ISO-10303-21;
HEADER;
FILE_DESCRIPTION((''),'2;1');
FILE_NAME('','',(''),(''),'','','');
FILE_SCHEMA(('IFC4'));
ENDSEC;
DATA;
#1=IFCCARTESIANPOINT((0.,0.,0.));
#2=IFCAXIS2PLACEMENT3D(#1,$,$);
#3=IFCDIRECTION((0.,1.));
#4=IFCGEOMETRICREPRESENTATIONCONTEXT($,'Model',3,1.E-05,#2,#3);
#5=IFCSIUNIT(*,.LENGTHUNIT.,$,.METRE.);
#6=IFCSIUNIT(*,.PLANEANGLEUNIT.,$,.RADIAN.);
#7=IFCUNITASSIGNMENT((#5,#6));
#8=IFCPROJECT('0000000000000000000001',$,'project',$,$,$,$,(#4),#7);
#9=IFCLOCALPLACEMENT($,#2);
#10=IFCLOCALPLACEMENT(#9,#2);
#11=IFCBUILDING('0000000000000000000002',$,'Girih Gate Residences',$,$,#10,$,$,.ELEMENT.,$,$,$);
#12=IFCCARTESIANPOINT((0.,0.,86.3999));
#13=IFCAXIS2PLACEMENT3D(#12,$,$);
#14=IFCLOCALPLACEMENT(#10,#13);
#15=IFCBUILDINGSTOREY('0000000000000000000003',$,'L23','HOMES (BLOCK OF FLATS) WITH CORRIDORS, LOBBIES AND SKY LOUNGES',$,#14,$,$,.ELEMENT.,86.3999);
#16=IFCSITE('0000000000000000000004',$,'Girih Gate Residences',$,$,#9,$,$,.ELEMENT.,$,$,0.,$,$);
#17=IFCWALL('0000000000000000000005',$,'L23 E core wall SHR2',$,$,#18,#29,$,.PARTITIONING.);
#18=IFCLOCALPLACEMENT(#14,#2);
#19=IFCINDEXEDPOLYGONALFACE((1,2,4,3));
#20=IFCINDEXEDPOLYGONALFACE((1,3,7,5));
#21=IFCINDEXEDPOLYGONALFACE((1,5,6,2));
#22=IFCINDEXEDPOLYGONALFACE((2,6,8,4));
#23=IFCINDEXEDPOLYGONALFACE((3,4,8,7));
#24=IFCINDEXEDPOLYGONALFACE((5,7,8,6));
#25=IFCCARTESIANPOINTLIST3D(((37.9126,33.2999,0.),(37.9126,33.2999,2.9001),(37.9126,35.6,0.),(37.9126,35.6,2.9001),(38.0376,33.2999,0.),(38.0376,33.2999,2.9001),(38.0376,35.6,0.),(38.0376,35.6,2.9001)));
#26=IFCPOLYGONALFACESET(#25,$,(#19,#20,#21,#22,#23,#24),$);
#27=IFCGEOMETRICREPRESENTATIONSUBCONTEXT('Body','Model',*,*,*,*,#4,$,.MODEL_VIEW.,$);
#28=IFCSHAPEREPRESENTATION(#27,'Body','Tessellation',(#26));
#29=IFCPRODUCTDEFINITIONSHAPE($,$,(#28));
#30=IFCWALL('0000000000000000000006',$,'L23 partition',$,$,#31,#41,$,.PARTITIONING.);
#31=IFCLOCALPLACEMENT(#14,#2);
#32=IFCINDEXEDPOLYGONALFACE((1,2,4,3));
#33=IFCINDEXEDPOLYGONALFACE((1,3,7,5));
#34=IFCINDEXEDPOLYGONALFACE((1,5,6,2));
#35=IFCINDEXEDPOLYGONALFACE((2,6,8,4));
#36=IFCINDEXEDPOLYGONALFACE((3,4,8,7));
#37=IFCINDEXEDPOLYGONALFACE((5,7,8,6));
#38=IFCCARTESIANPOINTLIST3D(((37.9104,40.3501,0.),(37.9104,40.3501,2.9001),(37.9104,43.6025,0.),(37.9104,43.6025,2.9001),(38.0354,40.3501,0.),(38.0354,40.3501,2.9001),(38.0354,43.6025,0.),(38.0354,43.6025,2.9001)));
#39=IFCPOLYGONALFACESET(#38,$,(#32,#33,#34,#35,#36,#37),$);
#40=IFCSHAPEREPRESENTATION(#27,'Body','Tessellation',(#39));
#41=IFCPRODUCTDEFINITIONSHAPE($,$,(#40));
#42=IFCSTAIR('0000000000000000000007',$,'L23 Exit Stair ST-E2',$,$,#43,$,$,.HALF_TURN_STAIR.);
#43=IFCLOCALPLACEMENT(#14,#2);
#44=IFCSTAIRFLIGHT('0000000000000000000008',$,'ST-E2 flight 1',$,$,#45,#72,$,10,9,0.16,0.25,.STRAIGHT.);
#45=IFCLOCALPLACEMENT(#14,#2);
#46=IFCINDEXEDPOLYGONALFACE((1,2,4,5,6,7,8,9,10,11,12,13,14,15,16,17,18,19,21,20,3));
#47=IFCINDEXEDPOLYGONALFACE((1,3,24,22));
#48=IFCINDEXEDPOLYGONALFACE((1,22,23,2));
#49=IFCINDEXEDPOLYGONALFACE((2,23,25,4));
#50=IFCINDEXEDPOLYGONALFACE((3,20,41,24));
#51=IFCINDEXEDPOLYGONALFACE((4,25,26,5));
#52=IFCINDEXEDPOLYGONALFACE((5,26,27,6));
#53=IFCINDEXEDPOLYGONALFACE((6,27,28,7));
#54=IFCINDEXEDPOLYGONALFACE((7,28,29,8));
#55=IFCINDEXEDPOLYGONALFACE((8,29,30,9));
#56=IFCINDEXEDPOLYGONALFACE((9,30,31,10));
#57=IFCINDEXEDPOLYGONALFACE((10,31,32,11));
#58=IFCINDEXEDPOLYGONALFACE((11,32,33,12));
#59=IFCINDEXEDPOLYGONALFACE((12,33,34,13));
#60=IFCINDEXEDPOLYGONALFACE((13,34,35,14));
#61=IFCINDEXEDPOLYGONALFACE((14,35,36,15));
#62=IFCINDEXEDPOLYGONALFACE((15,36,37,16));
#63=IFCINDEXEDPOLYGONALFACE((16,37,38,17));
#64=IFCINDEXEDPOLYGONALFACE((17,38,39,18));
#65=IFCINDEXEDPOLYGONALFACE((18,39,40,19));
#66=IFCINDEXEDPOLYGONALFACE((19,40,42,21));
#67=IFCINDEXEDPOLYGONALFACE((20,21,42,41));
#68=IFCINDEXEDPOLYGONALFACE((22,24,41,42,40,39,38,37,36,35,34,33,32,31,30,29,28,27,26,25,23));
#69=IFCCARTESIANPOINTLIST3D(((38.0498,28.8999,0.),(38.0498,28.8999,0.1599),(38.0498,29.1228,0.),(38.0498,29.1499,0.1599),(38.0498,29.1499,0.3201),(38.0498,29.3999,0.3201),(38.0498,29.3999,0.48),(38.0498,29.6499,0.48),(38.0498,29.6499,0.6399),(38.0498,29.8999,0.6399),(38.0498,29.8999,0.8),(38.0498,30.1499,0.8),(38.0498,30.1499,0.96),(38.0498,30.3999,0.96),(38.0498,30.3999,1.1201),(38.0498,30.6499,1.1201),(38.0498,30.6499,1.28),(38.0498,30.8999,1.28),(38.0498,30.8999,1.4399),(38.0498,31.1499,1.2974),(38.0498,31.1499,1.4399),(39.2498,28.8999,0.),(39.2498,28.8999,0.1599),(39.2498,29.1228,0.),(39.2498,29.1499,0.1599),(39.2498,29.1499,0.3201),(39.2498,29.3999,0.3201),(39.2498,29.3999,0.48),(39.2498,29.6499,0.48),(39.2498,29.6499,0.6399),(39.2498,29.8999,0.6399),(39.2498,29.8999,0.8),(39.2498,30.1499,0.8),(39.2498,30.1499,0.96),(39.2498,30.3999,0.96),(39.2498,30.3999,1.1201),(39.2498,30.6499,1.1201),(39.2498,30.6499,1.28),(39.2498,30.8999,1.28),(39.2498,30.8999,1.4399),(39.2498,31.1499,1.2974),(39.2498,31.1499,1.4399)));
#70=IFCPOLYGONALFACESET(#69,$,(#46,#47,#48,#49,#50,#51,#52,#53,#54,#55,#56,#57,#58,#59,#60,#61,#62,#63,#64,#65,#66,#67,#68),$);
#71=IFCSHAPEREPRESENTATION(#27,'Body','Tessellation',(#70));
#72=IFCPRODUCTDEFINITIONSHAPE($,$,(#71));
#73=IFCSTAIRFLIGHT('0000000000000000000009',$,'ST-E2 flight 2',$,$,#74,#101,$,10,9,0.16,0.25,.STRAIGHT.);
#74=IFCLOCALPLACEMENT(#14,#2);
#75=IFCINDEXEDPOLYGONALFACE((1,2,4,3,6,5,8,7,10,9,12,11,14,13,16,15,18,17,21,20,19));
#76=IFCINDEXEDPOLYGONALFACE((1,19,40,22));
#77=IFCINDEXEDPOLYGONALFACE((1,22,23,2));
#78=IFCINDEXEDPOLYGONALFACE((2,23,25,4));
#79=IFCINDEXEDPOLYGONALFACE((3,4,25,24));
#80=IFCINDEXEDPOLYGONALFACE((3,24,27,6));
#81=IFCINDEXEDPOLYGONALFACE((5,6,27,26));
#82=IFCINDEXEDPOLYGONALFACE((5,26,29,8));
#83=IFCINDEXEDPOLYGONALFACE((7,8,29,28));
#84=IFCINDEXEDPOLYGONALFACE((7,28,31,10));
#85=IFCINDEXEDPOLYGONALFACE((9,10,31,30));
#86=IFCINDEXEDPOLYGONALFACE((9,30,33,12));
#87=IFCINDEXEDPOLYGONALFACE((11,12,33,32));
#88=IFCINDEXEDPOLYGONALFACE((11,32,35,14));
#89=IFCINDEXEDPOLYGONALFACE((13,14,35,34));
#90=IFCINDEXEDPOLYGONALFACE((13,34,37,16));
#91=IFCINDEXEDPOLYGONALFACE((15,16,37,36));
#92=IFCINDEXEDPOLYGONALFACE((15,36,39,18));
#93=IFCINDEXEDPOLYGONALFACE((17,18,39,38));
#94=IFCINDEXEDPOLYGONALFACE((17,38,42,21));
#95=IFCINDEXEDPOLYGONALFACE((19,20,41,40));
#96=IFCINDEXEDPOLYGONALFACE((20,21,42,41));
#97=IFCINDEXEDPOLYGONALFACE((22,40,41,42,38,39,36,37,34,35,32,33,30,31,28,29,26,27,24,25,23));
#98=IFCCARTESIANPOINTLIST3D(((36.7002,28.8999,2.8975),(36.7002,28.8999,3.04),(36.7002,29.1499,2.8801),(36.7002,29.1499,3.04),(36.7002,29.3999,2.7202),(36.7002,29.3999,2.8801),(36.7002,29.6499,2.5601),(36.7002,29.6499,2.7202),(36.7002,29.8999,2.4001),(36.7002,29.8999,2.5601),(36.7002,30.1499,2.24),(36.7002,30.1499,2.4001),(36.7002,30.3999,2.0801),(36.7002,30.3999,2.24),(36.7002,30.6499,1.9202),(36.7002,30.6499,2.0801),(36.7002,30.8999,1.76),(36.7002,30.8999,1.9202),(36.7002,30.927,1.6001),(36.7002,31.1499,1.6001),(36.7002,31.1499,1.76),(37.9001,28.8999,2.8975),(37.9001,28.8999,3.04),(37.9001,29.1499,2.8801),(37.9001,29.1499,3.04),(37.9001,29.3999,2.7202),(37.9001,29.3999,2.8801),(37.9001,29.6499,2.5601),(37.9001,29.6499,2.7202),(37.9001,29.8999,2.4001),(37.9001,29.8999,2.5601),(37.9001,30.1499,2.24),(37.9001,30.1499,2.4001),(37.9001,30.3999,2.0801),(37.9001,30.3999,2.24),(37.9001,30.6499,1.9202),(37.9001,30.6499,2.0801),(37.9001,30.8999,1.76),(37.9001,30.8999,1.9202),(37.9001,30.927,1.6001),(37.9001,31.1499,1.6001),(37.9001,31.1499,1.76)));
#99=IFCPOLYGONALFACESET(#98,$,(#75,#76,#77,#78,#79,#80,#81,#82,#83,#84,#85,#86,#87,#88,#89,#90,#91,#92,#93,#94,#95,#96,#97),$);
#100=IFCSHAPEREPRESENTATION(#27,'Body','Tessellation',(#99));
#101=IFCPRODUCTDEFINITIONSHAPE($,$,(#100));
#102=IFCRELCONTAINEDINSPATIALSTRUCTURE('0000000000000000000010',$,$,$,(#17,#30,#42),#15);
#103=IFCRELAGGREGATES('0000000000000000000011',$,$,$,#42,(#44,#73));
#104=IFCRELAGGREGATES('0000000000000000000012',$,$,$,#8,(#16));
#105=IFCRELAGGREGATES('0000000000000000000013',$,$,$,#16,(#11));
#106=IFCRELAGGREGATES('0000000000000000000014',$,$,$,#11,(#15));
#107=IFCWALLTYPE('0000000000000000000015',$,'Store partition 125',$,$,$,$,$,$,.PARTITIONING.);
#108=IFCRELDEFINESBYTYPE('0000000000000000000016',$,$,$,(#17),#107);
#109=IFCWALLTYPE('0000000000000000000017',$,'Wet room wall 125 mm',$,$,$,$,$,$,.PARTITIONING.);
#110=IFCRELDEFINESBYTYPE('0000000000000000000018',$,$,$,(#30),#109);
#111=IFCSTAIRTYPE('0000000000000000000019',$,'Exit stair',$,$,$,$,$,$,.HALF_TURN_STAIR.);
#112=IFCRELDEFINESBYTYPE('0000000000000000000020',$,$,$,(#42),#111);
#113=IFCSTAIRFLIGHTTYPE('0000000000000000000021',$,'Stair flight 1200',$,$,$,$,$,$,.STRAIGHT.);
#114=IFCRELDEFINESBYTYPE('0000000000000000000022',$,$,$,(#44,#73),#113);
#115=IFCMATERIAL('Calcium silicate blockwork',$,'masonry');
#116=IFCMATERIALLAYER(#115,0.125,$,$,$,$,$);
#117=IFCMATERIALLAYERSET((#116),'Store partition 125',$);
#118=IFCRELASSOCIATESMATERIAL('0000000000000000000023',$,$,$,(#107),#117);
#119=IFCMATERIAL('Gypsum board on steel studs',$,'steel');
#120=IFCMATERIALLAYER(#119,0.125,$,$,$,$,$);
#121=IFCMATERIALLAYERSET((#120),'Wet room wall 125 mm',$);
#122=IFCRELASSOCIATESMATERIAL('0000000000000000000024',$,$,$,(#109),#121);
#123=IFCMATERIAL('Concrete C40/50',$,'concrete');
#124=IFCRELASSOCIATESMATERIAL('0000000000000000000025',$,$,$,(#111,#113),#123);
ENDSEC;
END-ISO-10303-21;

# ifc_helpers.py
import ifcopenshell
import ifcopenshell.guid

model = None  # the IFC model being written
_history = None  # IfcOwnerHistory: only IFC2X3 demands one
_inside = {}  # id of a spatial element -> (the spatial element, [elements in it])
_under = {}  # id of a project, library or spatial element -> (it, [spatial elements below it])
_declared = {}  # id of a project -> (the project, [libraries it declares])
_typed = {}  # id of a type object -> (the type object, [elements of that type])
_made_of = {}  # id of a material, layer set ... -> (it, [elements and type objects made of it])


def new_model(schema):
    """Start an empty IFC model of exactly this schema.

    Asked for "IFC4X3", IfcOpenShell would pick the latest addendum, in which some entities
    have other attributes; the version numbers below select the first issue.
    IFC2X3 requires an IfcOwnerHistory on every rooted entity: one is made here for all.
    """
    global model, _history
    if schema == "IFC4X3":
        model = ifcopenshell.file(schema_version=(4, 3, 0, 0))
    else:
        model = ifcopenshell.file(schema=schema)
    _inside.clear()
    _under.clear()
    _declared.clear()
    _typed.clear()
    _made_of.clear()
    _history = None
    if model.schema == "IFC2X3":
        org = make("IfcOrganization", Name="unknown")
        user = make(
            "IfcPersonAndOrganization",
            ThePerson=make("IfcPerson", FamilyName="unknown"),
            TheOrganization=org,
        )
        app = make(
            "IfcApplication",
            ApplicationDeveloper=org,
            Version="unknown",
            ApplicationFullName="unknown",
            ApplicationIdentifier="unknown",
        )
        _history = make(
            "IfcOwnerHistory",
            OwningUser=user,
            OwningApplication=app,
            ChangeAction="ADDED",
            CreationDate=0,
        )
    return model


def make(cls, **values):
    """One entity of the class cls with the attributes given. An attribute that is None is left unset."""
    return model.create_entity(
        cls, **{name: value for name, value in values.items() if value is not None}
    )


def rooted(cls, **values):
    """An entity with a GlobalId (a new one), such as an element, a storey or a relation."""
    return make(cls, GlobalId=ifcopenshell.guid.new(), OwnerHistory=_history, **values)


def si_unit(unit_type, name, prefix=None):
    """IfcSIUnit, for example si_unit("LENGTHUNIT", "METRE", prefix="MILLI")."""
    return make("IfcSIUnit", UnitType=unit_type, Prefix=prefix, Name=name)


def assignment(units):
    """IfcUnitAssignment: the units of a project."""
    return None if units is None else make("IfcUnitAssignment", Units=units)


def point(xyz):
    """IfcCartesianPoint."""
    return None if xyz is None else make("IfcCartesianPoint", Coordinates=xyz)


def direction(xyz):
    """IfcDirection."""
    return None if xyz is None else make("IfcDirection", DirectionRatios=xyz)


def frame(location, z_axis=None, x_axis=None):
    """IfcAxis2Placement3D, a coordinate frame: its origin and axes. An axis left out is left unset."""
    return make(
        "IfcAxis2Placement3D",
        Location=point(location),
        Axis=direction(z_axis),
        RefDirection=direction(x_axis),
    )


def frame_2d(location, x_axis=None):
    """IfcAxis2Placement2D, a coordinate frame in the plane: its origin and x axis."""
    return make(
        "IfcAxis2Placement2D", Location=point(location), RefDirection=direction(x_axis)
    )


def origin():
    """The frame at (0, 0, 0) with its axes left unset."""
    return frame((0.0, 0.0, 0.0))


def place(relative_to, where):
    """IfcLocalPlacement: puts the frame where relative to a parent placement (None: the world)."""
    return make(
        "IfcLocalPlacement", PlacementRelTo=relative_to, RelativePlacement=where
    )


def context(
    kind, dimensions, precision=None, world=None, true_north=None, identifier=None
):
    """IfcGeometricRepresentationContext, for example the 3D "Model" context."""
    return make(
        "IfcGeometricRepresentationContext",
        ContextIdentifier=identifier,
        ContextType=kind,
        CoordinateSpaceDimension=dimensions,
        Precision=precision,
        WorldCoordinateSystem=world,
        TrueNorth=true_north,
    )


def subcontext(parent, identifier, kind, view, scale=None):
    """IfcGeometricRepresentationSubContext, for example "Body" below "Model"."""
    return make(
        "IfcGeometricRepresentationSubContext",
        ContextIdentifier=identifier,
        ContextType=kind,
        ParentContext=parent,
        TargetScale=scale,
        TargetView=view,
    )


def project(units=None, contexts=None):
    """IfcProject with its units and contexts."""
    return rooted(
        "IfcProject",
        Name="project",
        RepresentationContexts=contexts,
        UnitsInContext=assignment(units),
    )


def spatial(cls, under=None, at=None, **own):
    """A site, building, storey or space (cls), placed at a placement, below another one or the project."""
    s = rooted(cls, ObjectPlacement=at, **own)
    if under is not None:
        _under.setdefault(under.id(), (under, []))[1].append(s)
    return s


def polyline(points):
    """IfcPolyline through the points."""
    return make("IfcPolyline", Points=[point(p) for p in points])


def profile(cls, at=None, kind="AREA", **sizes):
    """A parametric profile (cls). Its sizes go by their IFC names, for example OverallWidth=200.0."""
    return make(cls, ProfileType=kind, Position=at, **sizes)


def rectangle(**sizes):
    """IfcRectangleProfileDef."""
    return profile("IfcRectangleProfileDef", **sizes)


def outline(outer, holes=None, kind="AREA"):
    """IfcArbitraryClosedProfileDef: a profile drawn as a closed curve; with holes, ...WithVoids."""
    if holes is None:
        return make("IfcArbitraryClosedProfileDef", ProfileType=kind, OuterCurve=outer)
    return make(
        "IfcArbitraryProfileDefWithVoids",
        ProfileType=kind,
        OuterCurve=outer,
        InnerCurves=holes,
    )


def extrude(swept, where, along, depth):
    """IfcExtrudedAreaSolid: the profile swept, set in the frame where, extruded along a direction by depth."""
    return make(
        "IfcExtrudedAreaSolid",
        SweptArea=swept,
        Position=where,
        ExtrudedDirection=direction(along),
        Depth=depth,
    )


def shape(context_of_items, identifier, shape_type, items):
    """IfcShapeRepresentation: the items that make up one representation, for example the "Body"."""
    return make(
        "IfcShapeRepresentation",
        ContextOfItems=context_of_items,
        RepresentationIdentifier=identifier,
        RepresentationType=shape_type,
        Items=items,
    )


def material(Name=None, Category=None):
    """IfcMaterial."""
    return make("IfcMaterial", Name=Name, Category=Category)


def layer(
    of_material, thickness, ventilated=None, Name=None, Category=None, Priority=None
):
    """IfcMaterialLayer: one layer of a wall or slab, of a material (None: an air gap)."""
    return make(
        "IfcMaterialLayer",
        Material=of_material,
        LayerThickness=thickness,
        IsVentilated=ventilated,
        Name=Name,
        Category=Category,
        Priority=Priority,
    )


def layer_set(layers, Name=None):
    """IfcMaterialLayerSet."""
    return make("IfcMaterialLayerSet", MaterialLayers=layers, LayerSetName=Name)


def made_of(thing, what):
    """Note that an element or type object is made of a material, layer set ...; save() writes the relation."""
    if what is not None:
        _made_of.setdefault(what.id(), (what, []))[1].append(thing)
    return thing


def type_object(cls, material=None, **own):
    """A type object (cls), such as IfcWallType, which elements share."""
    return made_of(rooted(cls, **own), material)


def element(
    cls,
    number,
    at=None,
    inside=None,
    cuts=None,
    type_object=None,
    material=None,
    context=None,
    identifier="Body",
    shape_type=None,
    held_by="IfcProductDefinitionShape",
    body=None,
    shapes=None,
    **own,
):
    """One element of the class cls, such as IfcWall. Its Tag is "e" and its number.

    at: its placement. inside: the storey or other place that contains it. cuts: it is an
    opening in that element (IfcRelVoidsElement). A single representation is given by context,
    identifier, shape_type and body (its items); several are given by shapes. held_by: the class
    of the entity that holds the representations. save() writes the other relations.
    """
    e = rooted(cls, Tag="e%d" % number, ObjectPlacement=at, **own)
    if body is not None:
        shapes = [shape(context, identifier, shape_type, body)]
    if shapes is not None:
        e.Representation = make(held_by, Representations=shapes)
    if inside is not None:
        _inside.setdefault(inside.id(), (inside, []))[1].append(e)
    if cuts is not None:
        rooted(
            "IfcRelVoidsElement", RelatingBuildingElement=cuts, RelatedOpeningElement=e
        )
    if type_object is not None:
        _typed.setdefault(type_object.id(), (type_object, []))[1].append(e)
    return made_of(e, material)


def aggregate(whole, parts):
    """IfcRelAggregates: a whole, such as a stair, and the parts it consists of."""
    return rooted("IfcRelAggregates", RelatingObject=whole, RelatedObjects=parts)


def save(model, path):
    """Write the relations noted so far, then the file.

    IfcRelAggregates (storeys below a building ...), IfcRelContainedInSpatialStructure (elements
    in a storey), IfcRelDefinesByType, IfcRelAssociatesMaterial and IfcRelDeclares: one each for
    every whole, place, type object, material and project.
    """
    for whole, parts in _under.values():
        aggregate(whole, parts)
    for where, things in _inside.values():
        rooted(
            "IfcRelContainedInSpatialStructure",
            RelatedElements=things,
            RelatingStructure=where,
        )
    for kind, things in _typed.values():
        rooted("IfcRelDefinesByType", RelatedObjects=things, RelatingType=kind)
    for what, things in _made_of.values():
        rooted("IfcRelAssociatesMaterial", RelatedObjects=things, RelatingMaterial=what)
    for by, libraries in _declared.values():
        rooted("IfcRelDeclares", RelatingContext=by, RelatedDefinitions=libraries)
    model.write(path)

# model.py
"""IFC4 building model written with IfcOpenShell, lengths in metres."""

from ifc_helpers import new_model, si_unit, direction, frame, frame_2d, origin, place, context, subcontext, project, spatial, polyline, rectangle, outline, extrude, material, layer, layer_set, type_object, element, aggregate, save


model = new_model("IFC4")

# Units and contexts
model_context = context("Model", 3, precision=1e-05, world=origin(), true_north=direction((0.0, 1.0)))
body_context = subcontext(model_context, "Body", "Model", "MODEL_VIEW")
ifc_project = project(units=[si_unit("LENGTHUNIT", "METRE"), si_unit("PLANEANGLEUNIT", "RADIAN")], contexts=[model_context])

# Site, building, storey
site_placement = place(None, origin())
site = spatial("IfcSite", under=ifc_project, at=site_placement, Name="Girih Gate Residences", CompositionType="ELEMENT", RefElevation=0.0)
building_placement = place(site_placement, origin())
building = spatial("IfcBuilding", under=site, at=building_placement, Name="Girih Gate Residences", CompositionType="ELEMENT")
storey_placement = place(building_placement, frame((0.0, 0.0, 86.3999)))
storey = spatial("IfcBuildingStorey", under=building, at=storey_placement, Name="L23", Description="HOMES (BLOCK OF FLATS) WITH CORRIDORS, LOBBIES AND SKY LOUNGES", CompositionType="ELEMENT", Elevation=86.3999)

# Shared definitions
ifc_material_1 = material(Name="Gypsum board on steel studs", Category="steel")

# Shared definitions
ifc_material_2 = material(Name="Concrete C40/50", Category="concrete")

# Walls
ifc_material_3 = material(Name="Calcium silicate blockwork", Category="masonry")
ifc_layer_1 = layer(ifc_material_3, 0.125)
ifc_layer_set_1 = layer_set([ifc_layer_1], Name="Store partition 125")
wall_type_1 = type_object("IfcWallType", Name="Store partition 125", PredefinedType="PARTITIONING", material=ifc_layer_set_1)
wall_1_placement = place(storey_placement, frame((37.9751, 33.3, 0.0), z_axis=(0.0, 0.0, 1.0), x_axis=(0.0, 1.0, 0.0)))
element("IfcWall", 1, at=wall_1_placement, inside=storey, type_object=wall_type_1, Name="L23 E core wall SHR2", PredefinedType="PARTITIONING", context=body_context, shape_type="SweptSolid", body=[
    extrude(rectangle(XDim=2.3, YDim=0.125, at=frame_2d((1.1499, 0.0))), origin(), (0.0, 0.0, 1.0), 2.9001),
])
ifc_layer_2 = layer(ifc_material_1, 0.125)
ifc_layer_set_2 = layer_set([ifc_layer_2], Name="Wet room wall 125 mm")
wall_type_2 = type_object("IfcWallType", Name="Wet room wall 125 mm", PredefinedType="PARTITIONING", material=ifc_layer_set_2)
wall_2_placement = place(storey_placement, frame((37.9729, 40.3501, 0.0), z_axis=(0.0, 0.0, 1.0), x_axis=(0.0, 1.0, 0.0)))
element("IfcWall", 2, at=wall_2_placement, inside=storey, type_object=wall_type_2, Name="L23 partition", PredefinedType="PARTITIONING", context=body_context, shape_type="SweptSolid", body=[
    extrude(rectangle(XDim=3.2524, YDim=0.125, at=frame_2d((1.6262, 0.0))), origin(), (0.0, 0.0, 1.0), 2.9001),
])

# Stair, stair flights
stair_type = type_object("IfcStairType", Name="Exit stair", PredefinedType="HALF_TURN_STAIR", material=ifc_material_2)
stair_placement = place(storey_placement, origin())
stair = element("IfcStair", 3, at=stair_placement, inside=storey, type_object=stair_type, Name="L23 Exit Stair ST-E2", PredefinedType="HALF_TURN_STAIR")
stair_flight_type = type_object("IfcStairFlightType", Name="Stair flight 1200", PredefinedType="STRAIGHT", material=ifc_material_2)
stair_flight_1_placement = place(storey_placement, frame((38.6499, 28.8999, 0.0), z_axis=(0.0, 0.0, 1.0), x_axis=(0.0, 1.0, 0.0)))
stair_flight_1 = element("IfcStairFlight", 4, at=stair_flight_1_placement, type_object=stair_flight_type, Name="ST-E2 flight 1", NumberOfRisers=10, NumberOfTreads=9, PredefinedType="STRAIGHT", RiserHeight=0.16, TreadLength=0.25, context=body_context, shape_type="SweptSolid", body=[
    extrude(outline(polyline([(0.0, 0.0), (0.0, 0.1599), (0.25, 0.1599), (0.25, 0.3201), (0.5, 0.3201), (0.5, 0.48), (0.75, 0.48), (0.75, 0.6399), (1.0, 0.6399), (1.0, 0.8), (1.25, 0.8), (1.25, 0.96), (1.5, 0.96), (1.5, 1.1201), (1.75, 1.1201), (1.75, 1.28), (2.0, 1.28), (2.0, 1.4399), (2.25, 1.4399), (2.25, 1.6001), (2.25, 1.2974), (0.2229, 0.0), (0.0, 0.0)])), frame((0.0, 0.6001, 0.0), z_axis=(0.0, -1.0, 0.0), x_axis=(1.0, 0.0, 0.0)), (0.0, 0.0, 1.0), 1.2),
])
stair_flight_2_placement = place(storey_placement, frame((37.3, 31.1499, 1.6001), z_axis=(0.0, 0.0, 1.0), x_axis=(0.0, -1.0, 0.0)))
stair_flight_2 = element("IfcStairFlight", 5, at=stair_flight_2_placement, type_object=stair_flight_type, Name="ST-E2 flight 2", NumberOfRisers=10, NumberOfTreads=9, PredefinedType="STRAIGHT", RiserHeight=0.16, TreadLength=0.25, context=body_context, shape_type="SweptSolid", body=[
    extrude(outline(polyline([(0.0, 0.0), (0.0, 0.1599), (0.25, 0.1599), (0.25, 0.3201), (0.5, 0.3201), (0.5, 0.48), (0.75, 0.48), (0.75, 0.6399), (1.0, 0.6399), (1.0, 0.8), (1.25, 0.8), (1.25, 0.96), (1.5, 0.96), (1.5, 1.1201), (1.75, 1.1201), (1.75, 1.28), (2.0, 1.28), (2.0, 1.4399), (2.25, 1.4399), (2.25, 1.6001), (2.25, 1.2974), (0.2229, 0.0), (0.0, 0.0)])), frame((0.0, 0.6001, 0.0), z_axis=(0.0, -1.0, 0.0), x_axis=(1.0, 0.0, 0.0)), (0.0, 0.0, 1.0), 1.2),
])
aggregate(stair, [stair_flight_1, stair_flight_2])

save(model, "model.ifc")
